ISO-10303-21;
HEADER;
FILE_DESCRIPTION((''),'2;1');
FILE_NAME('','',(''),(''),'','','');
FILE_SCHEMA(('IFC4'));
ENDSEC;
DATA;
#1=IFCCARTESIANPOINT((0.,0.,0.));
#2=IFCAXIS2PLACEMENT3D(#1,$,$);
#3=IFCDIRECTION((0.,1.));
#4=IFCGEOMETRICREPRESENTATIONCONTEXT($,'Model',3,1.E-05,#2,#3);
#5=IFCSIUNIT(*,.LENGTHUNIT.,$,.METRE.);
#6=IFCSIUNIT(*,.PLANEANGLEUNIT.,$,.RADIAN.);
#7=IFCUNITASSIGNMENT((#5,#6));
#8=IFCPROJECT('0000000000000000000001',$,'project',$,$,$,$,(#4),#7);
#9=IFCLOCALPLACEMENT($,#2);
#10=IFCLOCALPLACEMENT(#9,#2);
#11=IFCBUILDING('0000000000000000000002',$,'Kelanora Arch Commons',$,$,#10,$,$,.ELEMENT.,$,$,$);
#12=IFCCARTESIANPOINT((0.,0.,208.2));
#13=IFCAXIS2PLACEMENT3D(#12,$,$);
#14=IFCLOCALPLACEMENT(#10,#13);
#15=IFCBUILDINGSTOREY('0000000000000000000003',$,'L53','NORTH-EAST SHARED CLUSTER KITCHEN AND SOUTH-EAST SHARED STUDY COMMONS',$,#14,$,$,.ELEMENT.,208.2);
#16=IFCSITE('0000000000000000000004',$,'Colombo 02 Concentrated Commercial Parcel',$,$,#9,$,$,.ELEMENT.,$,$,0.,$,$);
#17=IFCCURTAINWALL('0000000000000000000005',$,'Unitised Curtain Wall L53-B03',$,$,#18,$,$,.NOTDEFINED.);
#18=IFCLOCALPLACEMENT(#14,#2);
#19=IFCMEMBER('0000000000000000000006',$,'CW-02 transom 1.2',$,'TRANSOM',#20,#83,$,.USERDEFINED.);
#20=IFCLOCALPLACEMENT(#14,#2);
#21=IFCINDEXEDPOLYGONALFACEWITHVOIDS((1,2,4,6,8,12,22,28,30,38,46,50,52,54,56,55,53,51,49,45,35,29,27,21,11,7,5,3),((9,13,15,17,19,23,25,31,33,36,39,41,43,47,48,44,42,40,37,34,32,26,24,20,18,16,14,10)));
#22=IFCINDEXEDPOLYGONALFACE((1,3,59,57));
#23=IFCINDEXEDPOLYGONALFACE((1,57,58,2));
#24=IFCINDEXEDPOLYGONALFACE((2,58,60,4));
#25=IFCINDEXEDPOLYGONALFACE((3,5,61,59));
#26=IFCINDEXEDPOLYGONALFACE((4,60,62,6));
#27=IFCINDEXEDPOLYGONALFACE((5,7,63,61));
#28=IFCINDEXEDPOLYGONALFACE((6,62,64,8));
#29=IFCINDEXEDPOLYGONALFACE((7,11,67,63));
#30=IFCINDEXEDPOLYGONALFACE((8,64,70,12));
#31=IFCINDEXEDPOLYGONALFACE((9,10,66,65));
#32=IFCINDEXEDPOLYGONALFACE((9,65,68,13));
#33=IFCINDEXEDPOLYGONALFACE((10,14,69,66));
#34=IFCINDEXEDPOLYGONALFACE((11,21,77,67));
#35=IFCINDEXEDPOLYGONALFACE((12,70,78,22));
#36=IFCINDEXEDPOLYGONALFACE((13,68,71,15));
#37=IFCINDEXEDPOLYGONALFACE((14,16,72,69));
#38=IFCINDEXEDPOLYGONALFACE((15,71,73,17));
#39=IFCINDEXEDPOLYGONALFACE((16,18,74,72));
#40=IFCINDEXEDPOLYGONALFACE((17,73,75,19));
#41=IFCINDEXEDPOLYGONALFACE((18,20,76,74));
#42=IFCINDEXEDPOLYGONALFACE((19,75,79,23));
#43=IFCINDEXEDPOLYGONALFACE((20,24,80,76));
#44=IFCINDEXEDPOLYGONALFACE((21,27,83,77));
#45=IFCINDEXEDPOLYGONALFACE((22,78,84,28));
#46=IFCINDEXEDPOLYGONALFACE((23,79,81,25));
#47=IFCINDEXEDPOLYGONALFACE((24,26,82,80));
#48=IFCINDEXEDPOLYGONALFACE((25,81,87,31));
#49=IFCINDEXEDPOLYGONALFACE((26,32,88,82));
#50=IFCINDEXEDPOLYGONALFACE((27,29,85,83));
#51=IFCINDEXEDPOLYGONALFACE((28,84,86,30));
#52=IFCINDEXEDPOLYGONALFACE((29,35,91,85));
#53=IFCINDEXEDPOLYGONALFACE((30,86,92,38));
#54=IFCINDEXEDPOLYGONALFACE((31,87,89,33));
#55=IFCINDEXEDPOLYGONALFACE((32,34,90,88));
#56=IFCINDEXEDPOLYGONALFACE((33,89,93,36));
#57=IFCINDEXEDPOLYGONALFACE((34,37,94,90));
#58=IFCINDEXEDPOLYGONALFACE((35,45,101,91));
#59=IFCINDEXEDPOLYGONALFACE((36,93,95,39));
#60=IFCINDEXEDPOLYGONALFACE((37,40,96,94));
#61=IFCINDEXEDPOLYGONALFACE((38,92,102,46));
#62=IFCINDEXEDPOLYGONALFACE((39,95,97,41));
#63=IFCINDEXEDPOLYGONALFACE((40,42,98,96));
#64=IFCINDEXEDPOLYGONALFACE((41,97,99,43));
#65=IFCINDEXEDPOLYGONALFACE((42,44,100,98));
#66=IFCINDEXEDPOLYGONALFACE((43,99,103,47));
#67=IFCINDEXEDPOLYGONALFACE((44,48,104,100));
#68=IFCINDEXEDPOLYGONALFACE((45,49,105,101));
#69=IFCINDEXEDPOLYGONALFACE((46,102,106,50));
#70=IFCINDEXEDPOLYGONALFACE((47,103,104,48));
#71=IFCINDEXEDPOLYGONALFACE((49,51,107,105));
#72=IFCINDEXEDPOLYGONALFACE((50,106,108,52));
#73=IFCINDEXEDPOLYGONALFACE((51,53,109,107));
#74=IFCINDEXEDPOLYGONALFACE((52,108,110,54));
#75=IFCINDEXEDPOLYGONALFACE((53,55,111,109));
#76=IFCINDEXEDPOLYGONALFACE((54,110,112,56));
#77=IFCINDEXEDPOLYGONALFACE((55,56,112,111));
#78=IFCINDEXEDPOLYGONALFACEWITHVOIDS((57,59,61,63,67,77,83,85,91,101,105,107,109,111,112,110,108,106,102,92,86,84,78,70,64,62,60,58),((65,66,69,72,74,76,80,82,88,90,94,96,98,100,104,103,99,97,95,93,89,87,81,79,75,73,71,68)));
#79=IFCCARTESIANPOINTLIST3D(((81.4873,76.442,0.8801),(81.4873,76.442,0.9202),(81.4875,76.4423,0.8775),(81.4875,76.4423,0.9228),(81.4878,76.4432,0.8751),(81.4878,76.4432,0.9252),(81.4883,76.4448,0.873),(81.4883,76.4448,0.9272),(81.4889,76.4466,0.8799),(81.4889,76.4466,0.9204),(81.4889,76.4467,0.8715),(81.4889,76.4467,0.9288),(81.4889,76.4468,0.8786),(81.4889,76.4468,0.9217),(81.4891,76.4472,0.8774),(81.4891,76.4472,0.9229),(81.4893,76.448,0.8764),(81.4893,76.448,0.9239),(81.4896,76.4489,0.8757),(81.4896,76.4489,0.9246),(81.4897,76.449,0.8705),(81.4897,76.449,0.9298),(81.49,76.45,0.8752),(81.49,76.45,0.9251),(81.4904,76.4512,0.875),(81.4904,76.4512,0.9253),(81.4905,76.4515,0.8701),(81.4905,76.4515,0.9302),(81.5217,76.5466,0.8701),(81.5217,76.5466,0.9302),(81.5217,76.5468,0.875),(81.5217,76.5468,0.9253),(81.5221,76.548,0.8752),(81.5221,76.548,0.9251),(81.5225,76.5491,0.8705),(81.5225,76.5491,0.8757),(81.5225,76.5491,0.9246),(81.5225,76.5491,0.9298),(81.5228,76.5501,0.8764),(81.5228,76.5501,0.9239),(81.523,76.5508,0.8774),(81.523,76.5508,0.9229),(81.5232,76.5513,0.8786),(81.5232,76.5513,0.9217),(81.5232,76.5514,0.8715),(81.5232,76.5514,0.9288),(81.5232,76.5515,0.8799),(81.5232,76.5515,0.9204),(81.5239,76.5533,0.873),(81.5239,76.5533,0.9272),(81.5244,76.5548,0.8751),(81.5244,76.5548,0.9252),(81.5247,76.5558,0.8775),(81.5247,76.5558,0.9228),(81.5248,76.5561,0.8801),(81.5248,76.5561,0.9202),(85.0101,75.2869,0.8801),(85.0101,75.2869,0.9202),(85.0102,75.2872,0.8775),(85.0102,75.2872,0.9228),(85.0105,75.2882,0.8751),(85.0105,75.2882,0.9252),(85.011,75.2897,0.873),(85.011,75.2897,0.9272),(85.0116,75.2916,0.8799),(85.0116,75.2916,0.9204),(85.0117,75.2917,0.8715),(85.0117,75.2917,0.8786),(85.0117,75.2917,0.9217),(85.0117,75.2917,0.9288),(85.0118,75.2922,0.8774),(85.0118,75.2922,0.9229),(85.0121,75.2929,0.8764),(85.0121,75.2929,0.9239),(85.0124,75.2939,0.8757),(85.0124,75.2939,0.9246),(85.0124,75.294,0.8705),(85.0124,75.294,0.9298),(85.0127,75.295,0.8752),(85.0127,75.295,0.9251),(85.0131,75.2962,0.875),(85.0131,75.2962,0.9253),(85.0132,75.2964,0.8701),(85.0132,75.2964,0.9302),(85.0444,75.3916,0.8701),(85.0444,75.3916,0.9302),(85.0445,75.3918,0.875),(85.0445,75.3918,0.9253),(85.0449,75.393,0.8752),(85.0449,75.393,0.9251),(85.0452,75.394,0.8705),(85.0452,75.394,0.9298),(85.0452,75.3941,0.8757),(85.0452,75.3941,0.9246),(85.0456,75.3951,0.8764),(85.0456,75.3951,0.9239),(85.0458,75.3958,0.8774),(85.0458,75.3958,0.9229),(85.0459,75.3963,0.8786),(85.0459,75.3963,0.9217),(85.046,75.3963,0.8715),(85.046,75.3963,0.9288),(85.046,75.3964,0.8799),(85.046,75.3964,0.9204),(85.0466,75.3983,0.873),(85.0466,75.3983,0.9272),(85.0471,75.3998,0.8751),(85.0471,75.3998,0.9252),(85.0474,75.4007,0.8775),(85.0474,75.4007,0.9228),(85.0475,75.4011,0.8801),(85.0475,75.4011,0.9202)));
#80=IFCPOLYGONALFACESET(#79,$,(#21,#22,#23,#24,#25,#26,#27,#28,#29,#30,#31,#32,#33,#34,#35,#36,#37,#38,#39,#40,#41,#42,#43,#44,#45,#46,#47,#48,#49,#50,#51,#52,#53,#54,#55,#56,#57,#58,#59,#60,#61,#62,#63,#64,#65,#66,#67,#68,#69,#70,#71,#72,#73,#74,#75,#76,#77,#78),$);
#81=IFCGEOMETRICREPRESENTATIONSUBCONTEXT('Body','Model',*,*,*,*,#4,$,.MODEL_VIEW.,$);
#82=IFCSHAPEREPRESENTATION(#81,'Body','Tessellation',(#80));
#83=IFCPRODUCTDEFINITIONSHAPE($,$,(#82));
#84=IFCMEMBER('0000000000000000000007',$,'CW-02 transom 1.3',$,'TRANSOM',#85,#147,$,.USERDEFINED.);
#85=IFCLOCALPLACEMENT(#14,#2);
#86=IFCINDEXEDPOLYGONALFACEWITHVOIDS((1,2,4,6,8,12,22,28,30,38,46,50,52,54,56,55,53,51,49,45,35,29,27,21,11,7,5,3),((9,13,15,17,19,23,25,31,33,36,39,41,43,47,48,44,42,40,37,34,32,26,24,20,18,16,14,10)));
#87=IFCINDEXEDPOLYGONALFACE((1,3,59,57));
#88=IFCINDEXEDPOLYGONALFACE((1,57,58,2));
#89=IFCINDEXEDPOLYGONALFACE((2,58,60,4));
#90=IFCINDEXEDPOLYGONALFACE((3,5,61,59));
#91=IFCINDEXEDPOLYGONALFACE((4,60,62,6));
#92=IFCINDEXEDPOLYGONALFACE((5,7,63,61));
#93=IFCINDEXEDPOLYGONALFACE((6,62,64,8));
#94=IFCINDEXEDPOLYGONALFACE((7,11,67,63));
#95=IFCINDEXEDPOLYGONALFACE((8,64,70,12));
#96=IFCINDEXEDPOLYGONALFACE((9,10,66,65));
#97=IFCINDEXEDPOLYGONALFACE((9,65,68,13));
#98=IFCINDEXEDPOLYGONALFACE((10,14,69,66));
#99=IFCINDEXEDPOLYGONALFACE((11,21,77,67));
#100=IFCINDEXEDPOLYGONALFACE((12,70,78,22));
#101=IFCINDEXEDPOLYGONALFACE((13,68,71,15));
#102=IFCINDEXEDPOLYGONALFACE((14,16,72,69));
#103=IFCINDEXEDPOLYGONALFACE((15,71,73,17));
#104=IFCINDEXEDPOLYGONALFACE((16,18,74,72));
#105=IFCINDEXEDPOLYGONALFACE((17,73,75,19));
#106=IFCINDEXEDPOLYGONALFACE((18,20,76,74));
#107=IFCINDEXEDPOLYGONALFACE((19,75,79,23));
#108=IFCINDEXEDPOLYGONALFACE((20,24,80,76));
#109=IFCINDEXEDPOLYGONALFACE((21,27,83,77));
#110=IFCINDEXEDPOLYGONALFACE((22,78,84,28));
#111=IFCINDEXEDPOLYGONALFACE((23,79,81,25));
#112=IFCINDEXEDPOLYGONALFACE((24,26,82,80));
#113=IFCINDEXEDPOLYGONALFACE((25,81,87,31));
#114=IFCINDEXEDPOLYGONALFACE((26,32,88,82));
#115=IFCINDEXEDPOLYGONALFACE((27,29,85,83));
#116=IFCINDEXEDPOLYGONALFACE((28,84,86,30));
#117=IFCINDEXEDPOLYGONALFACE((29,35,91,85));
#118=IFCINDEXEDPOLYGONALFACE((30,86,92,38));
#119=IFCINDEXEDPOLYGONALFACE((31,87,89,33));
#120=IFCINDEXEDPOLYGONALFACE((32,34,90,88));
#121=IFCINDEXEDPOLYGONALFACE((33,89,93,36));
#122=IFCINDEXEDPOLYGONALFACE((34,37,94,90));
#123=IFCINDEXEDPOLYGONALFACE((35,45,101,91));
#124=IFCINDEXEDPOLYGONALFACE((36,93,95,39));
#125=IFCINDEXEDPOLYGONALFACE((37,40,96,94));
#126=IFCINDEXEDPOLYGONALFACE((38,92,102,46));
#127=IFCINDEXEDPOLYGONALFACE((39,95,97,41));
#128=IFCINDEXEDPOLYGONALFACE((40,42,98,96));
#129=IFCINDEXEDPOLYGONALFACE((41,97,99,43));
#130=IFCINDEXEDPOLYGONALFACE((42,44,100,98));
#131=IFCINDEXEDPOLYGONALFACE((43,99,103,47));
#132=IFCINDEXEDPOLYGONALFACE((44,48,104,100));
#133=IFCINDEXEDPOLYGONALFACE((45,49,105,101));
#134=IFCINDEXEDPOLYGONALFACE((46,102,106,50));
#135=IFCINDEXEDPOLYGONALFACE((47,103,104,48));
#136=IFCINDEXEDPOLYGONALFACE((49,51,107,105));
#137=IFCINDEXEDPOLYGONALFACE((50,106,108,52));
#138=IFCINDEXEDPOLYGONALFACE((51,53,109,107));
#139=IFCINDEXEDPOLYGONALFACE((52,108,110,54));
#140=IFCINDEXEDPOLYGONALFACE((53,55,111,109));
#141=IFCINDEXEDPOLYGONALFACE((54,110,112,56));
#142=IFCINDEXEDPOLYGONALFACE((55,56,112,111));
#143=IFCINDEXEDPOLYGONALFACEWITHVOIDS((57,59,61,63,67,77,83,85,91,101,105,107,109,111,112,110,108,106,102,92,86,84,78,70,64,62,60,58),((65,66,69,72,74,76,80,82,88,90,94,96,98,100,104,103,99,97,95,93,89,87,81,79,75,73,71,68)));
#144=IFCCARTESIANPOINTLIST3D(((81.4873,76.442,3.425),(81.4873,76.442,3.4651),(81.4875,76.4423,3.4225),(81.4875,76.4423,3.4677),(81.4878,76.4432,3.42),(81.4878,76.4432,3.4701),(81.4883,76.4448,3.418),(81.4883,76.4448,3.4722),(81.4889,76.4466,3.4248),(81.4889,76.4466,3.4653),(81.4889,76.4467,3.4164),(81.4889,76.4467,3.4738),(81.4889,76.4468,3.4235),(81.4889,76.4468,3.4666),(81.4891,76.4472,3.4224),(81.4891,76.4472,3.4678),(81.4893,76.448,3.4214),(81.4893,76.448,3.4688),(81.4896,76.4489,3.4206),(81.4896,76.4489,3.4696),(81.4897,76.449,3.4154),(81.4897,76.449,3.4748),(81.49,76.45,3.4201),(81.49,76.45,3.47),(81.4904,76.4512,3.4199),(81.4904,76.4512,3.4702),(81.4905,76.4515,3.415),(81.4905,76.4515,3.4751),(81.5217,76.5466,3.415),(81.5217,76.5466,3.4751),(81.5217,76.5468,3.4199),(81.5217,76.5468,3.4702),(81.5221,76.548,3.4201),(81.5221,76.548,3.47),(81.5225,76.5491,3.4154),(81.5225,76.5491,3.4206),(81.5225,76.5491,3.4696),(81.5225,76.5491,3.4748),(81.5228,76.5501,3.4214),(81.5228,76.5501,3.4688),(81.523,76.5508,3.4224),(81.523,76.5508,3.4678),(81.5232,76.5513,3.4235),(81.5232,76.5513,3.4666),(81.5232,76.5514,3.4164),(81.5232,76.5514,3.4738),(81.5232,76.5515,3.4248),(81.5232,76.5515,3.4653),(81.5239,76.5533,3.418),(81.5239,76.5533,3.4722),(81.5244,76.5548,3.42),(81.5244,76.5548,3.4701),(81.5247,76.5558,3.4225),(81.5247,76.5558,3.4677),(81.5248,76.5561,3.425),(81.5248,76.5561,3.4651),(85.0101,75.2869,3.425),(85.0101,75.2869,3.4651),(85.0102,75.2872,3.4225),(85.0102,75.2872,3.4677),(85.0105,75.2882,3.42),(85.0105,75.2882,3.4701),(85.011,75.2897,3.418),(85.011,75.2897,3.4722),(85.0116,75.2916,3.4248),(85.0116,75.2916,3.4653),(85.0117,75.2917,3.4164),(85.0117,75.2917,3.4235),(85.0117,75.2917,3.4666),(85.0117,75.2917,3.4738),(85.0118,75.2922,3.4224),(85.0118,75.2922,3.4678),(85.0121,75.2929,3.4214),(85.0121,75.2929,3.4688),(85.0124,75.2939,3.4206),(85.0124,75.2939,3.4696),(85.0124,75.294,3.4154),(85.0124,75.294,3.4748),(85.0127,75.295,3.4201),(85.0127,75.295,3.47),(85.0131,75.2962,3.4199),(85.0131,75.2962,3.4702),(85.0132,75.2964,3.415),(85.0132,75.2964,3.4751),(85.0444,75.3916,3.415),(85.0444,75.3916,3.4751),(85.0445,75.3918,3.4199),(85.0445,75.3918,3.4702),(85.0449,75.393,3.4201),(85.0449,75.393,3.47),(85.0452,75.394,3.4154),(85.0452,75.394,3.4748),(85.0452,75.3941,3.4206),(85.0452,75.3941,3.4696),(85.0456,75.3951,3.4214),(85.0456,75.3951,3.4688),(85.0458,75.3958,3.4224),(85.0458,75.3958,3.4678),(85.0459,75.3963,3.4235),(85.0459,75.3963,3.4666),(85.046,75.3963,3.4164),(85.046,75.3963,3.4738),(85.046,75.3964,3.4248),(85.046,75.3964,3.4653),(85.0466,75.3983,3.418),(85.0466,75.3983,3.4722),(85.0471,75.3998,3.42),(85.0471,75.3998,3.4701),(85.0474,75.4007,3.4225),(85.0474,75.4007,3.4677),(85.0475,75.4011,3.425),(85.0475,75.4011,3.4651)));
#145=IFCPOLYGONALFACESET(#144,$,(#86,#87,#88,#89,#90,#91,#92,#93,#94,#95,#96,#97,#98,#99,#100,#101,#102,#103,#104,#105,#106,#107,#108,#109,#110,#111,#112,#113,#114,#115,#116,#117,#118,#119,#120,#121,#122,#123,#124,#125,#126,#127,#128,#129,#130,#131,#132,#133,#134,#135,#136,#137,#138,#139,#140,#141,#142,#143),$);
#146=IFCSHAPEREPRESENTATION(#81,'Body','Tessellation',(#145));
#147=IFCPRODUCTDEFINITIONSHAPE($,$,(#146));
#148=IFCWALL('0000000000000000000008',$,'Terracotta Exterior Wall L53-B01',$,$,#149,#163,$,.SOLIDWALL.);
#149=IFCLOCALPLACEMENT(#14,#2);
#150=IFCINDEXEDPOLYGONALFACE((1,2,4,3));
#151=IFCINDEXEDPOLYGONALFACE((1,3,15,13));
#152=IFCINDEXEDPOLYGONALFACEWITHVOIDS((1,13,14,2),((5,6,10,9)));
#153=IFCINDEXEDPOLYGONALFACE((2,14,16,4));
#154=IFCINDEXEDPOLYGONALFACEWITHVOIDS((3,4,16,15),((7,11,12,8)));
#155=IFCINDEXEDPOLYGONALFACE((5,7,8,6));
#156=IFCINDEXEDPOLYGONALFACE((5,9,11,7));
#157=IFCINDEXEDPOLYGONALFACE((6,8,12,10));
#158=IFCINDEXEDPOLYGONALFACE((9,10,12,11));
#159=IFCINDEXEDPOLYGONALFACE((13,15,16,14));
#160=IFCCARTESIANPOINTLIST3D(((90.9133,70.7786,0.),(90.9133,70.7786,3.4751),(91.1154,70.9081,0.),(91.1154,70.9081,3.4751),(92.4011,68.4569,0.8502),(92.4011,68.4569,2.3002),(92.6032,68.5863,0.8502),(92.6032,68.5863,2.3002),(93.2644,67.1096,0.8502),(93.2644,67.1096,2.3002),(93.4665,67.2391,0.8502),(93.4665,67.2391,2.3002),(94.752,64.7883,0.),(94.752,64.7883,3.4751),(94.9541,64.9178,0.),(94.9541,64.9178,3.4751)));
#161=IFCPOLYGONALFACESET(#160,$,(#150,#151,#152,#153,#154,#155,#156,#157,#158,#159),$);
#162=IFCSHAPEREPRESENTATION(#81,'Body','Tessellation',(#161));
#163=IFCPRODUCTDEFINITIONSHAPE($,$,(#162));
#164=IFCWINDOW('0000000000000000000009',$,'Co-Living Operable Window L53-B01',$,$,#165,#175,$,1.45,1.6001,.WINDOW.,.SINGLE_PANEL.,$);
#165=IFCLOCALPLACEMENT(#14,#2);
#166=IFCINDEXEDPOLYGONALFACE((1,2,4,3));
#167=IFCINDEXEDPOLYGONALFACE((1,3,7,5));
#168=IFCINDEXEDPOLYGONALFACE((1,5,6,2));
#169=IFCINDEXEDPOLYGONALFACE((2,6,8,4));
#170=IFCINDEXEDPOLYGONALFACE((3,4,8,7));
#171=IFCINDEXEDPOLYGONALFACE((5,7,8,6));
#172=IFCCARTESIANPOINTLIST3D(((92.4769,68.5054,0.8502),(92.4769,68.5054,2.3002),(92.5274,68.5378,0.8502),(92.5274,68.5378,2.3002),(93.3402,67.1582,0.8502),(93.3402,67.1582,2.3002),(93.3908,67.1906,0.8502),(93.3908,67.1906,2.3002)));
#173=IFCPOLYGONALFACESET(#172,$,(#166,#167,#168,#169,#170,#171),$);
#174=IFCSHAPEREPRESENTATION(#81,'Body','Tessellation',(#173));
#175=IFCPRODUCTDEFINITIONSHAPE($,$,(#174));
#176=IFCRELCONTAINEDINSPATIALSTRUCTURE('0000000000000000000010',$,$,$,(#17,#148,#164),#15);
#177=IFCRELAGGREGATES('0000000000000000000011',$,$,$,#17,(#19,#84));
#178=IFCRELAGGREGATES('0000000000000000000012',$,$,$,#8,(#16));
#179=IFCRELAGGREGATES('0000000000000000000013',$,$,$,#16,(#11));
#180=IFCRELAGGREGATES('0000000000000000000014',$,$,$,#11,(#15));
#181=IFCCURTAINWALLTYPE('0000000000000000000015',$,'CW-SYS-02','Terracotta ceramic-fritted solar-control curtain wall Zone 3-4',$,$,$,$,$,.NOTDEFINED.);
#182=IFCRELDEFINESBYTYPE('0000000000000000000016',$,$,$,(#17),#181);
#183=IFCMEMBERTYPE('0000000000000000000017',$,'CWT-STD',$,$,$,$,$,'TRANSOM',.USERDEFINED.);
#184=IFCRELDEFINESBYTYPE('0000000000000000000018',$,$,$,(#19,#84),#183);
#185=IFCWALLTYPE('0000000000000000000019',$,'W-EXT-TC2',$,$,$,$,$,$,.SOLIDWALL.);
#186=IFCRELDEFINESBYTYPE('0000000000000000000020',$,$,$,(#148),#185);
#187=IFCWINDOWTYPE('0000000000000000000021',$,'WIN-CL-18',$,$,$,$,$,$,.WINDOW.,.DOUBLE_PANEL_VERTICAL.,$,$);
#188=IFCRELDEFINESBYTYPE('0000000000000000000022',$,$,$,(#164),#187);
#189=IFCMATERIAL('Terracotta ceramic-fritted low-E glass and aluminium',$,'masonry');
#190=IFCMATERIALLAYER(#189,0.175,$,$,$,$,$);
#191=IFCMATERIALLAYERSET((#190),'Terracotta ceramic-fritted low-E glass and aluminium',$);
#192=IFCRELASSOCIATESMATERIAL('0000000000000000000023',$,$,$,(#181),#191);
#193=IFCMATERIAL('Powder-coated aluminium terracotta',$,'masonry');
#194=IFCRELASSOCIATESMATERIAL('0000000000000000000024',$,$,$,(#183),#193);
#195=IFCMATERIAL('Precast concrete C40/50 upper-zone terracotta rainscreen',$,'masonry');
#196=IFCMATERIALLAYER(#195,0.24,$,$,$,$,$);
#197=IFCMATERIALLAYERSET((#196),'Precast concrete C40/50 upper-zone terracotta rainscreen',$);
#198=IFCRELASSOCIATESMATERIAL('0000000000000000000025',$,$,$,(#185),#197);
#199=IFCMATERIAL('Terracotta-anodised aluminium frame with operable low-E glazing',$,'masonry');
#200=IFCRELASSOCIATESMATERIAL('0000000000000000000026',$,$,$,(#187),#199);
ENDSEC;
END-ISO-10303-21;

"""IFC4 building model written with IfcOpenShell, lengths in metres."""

from ifc_helpers import new_model, si_unit, direction, frame, frame_2d, origin, origin_2d, place, context, subcontext, project, spatial, rectangle, hollow_rectangle, extrude, material, layer, layer_set, material_profile, profile_set, type_object, element, fill, aggregate, save


model = new_model("IFC4")

# Units and contexts
model_context = context("Model", 3, precision=1e-05, world=origin(), true_north=direction((0.0, 1.0)))
body_context = subcontext(model_context, "Body", "Model", "MODEL_VIEW")
ifc_project = project(units=[si_unit("LENGTHUNIT", "METRE"), si_unit("PLANEANGLEUNIT", "RADIAN")], contexts=[model_context])

# Site, building, storey
site_placement = place(None, origin())
site = spatial("IfcSite", under=ifc_project, at=site_placement, Name="Colombo 02 Concentrated Commercial Parcel", CompositionType="ELEMENT", RefElevation=0.0)
building_placement = place(site_placement, origin())
building = spatial("IfcBuilding", under=site, at=building_placement, Name="Kelanora Arch Commons", CompositionType="ELEMENT")
storey_placement = place(building_placement, frame((0.0, 0.0, 208.2)))
storey = spatial("IfcBuildingStorey", under=building, at=storey_placement, Name="L53", Description="NORTH-EAST SHARED CLUSTER KITCHEN AND SOUTH-EAST SHARED STUDY COMMONS", CompositionType="ELEMENT", Elevation=208.2)

# Shared definitions
ifc_material_1 = material(Name="Terracotta ceramic-fritted low-E glass and aluminium", Category="masonry")
ifc_layer_1 = layer(ifc_material_1, 0.175)
ifc_layer_set_1 = layer_set([ifc_layer_1], Name="Terracotta ceramic-fritted low-E glass and aluminium")
curtain_wall_type = type_object("IfcCurtainWallType", Name="CW-SYS-02", Description="Terracotta ceramic-fritted solar-control curtain wall Zone 3-4", PredefinedType="NOTDEFINED", material=ifc_layer_set_1)
ifc_material_2 = material(Name="Powder-coated aluminium terracotta", Category="masonry")

# Curtain wall, members
curtain_wall_1_placement = place(storey_placement, origin())
curtain_wall_1 = element("IfcCurtainWall", 1, at=curtain_wall_1_placement, inside=storey, type_object=curtain_wall_type, Name="Unitised Curtain Wall L53-B03", PredefinedType="NOTDEFINED")
ifc_material_profile_1 = material_profile(ifc_material_2, hollow_rectangle(XDim=0.1201, YDim=0.0601, WallThickness=0.0049, InnerFilletRadius=0.0049, OuterFilletRadius=0.01, at=origin_2d()), Name="CWT120x60")
ifc_profile_set_1 = profile_set([ifc_material_profile_1], Name="Powder-coated aluminium terracotta")
member_type_1 = type_object("IfcMemberType", Name="CWT-STD", ElementType="TRANSOM", PredefinedType="USERDEFINED", material=ifc_profile_set_1)
member_1_placement = place(storey_placement, frame((85.0288, 75.344, 0.9001), z_axis=(-0.950226, 0.311561, 0.0), x_axis=(-0.311561, -0.950226, 0.0)))
member_1 = element("IfcMember", 2, at=member_1_placement, type_object=member_type_1, Name="CW-02 transom 1.2", ObjectType="TRANSOM", PredefinedType="USERDEFINED", context=body_context, shape_type="SweptSolid", body=[
    extrude(hollow_rectangle(XDim=0.1201, YDim=0.0601, WallThickness=0.0049, InnerFilletRadius=0.0049, OuterFilletRadius=0.01, at=origin_2d()), origin(), (0.0, 0.0, 1.0), 3.7073),
])
member_2_placement = place(storey_placement, frame((85.0288, 75.344, 3.4451), z_axis=(-0.950226, 0.311561, 0.0), x_axis=(-0.311561, -0.950226, 0.0)))
member_2 = element("IfcMember", 3, at=member_2_placement, type_object=member_type_1, Name="CW-02 transom 1.3", ObjectType="TRANSOM", PredefinedType="USERDEFINED", context=body_context, shape_type="SweptSolid", body=[
    extrude(hollow_rectangle(XDim=0.1201, YDim=0.0601, WallThickness=0.0049, InnerFilletRadius=0.0049, OuterFilletRadius=0.01, at=origin_2d()), origin(), (0.0, 0.0, 1.0), 3.7073),
])
aggregate(curtain_wall_1, [member_1, member_2])

# Wall, opening, window
ifc_material_3 = material(Name="Precast concrete C40/50 upper-zone terracotta rainscreen", Category="masonry")
ifc_layer_2 = layer(ifc_material_3, 0.24)
ifc_layer_set_2 = layer_set([ifc_layer_2], Name="Precast concrete C40/50 upper-zone terracotta rainscreen")
wall_type_1 = type_object("IfcWallType", Name="W-EXT-TC2", PredefinedType="SOLIDWALL", material=ifc_layer_set_2)
wall_1_placement = place(storey_placement, frame((94.853, 64.853, 0.0), z_axis=(0.0, 0.0, 1.0), x_axis=(-0.53954, 0.84196, 0.0)))
wall_1 = element("IfcWall", 4, at=wall_1_placement, inside=storey, type_object=wall_type_1, Name="Terracotta Exterior Wall L53-B01", PredefinedType="SOLIDWALL", context=body_context, shape_type="SweptSolid", body=[
    extrude(rectangle(XDim=7.1147, YDim=0.24, at=frame_2d((3.5574, 0.0))), origin(), (0.0, 0.0, 1.0), 3.4751),
])
opening_1_placement = place(wall_1_placement, frame((2.7571, 0.0, 0.8501)))
opening_1 = element("IfcOpeningElement", 5, at=opening_1_placement, cuts=wall_1, PredefinedType="OPENING", context=body_context, shape_type="SweptSolid", body=[
    extrude(rectangle(XDim=1.6001, YDim=1.45, at=frame_2d((0.8, 0.7251))), frame((0.0, 0.1299, 0.0), z_axis=(0.0, -1.0, 0.0), x_axis=(1.0, 0.0, 0.0)), (0.0, 0.0, 1.0), 0.26),
])
ifc_material_4 = material(Name="Terracotta-anodised aluminium frame with operable low-E glazing", Category="masonry")
window_type_1 = type_object("IfcWindowType", Name="WIN-CL-18", PartitioningType="DOUBLE_PANEL_VERTICAL", PredefinedType="WINDOW", material=ifc_material_4)
window_1_placement = place(opening_1_placement, origin())
window_1 = element("IfcWindow", 6, at=window_1_placement, inside=storey, type_object=window_type_1, Name="Co-Living Operable Window L53-B01", OverallHeight=1.45, OverallWidth=1.6001, PartitioningType="SINGLE_PANEL", PredefinedType="WINDOW", context=body_context, shape_type="SweptSolid", body=[
    extrude(rectangle(XDim=1.6001, YDim=1.45, at=frame_2d((0.8, 0.7251))), frame((0.0, 0.03, 0.0), z_axis=(0.0, -1.0, 0.0), x_axis=(1.0, 0.0, 0.0)), (0.0, 0.0, 1.0), 0.0601),
])
fill(opening_1, window_1)

save(model, "model.ifc")
